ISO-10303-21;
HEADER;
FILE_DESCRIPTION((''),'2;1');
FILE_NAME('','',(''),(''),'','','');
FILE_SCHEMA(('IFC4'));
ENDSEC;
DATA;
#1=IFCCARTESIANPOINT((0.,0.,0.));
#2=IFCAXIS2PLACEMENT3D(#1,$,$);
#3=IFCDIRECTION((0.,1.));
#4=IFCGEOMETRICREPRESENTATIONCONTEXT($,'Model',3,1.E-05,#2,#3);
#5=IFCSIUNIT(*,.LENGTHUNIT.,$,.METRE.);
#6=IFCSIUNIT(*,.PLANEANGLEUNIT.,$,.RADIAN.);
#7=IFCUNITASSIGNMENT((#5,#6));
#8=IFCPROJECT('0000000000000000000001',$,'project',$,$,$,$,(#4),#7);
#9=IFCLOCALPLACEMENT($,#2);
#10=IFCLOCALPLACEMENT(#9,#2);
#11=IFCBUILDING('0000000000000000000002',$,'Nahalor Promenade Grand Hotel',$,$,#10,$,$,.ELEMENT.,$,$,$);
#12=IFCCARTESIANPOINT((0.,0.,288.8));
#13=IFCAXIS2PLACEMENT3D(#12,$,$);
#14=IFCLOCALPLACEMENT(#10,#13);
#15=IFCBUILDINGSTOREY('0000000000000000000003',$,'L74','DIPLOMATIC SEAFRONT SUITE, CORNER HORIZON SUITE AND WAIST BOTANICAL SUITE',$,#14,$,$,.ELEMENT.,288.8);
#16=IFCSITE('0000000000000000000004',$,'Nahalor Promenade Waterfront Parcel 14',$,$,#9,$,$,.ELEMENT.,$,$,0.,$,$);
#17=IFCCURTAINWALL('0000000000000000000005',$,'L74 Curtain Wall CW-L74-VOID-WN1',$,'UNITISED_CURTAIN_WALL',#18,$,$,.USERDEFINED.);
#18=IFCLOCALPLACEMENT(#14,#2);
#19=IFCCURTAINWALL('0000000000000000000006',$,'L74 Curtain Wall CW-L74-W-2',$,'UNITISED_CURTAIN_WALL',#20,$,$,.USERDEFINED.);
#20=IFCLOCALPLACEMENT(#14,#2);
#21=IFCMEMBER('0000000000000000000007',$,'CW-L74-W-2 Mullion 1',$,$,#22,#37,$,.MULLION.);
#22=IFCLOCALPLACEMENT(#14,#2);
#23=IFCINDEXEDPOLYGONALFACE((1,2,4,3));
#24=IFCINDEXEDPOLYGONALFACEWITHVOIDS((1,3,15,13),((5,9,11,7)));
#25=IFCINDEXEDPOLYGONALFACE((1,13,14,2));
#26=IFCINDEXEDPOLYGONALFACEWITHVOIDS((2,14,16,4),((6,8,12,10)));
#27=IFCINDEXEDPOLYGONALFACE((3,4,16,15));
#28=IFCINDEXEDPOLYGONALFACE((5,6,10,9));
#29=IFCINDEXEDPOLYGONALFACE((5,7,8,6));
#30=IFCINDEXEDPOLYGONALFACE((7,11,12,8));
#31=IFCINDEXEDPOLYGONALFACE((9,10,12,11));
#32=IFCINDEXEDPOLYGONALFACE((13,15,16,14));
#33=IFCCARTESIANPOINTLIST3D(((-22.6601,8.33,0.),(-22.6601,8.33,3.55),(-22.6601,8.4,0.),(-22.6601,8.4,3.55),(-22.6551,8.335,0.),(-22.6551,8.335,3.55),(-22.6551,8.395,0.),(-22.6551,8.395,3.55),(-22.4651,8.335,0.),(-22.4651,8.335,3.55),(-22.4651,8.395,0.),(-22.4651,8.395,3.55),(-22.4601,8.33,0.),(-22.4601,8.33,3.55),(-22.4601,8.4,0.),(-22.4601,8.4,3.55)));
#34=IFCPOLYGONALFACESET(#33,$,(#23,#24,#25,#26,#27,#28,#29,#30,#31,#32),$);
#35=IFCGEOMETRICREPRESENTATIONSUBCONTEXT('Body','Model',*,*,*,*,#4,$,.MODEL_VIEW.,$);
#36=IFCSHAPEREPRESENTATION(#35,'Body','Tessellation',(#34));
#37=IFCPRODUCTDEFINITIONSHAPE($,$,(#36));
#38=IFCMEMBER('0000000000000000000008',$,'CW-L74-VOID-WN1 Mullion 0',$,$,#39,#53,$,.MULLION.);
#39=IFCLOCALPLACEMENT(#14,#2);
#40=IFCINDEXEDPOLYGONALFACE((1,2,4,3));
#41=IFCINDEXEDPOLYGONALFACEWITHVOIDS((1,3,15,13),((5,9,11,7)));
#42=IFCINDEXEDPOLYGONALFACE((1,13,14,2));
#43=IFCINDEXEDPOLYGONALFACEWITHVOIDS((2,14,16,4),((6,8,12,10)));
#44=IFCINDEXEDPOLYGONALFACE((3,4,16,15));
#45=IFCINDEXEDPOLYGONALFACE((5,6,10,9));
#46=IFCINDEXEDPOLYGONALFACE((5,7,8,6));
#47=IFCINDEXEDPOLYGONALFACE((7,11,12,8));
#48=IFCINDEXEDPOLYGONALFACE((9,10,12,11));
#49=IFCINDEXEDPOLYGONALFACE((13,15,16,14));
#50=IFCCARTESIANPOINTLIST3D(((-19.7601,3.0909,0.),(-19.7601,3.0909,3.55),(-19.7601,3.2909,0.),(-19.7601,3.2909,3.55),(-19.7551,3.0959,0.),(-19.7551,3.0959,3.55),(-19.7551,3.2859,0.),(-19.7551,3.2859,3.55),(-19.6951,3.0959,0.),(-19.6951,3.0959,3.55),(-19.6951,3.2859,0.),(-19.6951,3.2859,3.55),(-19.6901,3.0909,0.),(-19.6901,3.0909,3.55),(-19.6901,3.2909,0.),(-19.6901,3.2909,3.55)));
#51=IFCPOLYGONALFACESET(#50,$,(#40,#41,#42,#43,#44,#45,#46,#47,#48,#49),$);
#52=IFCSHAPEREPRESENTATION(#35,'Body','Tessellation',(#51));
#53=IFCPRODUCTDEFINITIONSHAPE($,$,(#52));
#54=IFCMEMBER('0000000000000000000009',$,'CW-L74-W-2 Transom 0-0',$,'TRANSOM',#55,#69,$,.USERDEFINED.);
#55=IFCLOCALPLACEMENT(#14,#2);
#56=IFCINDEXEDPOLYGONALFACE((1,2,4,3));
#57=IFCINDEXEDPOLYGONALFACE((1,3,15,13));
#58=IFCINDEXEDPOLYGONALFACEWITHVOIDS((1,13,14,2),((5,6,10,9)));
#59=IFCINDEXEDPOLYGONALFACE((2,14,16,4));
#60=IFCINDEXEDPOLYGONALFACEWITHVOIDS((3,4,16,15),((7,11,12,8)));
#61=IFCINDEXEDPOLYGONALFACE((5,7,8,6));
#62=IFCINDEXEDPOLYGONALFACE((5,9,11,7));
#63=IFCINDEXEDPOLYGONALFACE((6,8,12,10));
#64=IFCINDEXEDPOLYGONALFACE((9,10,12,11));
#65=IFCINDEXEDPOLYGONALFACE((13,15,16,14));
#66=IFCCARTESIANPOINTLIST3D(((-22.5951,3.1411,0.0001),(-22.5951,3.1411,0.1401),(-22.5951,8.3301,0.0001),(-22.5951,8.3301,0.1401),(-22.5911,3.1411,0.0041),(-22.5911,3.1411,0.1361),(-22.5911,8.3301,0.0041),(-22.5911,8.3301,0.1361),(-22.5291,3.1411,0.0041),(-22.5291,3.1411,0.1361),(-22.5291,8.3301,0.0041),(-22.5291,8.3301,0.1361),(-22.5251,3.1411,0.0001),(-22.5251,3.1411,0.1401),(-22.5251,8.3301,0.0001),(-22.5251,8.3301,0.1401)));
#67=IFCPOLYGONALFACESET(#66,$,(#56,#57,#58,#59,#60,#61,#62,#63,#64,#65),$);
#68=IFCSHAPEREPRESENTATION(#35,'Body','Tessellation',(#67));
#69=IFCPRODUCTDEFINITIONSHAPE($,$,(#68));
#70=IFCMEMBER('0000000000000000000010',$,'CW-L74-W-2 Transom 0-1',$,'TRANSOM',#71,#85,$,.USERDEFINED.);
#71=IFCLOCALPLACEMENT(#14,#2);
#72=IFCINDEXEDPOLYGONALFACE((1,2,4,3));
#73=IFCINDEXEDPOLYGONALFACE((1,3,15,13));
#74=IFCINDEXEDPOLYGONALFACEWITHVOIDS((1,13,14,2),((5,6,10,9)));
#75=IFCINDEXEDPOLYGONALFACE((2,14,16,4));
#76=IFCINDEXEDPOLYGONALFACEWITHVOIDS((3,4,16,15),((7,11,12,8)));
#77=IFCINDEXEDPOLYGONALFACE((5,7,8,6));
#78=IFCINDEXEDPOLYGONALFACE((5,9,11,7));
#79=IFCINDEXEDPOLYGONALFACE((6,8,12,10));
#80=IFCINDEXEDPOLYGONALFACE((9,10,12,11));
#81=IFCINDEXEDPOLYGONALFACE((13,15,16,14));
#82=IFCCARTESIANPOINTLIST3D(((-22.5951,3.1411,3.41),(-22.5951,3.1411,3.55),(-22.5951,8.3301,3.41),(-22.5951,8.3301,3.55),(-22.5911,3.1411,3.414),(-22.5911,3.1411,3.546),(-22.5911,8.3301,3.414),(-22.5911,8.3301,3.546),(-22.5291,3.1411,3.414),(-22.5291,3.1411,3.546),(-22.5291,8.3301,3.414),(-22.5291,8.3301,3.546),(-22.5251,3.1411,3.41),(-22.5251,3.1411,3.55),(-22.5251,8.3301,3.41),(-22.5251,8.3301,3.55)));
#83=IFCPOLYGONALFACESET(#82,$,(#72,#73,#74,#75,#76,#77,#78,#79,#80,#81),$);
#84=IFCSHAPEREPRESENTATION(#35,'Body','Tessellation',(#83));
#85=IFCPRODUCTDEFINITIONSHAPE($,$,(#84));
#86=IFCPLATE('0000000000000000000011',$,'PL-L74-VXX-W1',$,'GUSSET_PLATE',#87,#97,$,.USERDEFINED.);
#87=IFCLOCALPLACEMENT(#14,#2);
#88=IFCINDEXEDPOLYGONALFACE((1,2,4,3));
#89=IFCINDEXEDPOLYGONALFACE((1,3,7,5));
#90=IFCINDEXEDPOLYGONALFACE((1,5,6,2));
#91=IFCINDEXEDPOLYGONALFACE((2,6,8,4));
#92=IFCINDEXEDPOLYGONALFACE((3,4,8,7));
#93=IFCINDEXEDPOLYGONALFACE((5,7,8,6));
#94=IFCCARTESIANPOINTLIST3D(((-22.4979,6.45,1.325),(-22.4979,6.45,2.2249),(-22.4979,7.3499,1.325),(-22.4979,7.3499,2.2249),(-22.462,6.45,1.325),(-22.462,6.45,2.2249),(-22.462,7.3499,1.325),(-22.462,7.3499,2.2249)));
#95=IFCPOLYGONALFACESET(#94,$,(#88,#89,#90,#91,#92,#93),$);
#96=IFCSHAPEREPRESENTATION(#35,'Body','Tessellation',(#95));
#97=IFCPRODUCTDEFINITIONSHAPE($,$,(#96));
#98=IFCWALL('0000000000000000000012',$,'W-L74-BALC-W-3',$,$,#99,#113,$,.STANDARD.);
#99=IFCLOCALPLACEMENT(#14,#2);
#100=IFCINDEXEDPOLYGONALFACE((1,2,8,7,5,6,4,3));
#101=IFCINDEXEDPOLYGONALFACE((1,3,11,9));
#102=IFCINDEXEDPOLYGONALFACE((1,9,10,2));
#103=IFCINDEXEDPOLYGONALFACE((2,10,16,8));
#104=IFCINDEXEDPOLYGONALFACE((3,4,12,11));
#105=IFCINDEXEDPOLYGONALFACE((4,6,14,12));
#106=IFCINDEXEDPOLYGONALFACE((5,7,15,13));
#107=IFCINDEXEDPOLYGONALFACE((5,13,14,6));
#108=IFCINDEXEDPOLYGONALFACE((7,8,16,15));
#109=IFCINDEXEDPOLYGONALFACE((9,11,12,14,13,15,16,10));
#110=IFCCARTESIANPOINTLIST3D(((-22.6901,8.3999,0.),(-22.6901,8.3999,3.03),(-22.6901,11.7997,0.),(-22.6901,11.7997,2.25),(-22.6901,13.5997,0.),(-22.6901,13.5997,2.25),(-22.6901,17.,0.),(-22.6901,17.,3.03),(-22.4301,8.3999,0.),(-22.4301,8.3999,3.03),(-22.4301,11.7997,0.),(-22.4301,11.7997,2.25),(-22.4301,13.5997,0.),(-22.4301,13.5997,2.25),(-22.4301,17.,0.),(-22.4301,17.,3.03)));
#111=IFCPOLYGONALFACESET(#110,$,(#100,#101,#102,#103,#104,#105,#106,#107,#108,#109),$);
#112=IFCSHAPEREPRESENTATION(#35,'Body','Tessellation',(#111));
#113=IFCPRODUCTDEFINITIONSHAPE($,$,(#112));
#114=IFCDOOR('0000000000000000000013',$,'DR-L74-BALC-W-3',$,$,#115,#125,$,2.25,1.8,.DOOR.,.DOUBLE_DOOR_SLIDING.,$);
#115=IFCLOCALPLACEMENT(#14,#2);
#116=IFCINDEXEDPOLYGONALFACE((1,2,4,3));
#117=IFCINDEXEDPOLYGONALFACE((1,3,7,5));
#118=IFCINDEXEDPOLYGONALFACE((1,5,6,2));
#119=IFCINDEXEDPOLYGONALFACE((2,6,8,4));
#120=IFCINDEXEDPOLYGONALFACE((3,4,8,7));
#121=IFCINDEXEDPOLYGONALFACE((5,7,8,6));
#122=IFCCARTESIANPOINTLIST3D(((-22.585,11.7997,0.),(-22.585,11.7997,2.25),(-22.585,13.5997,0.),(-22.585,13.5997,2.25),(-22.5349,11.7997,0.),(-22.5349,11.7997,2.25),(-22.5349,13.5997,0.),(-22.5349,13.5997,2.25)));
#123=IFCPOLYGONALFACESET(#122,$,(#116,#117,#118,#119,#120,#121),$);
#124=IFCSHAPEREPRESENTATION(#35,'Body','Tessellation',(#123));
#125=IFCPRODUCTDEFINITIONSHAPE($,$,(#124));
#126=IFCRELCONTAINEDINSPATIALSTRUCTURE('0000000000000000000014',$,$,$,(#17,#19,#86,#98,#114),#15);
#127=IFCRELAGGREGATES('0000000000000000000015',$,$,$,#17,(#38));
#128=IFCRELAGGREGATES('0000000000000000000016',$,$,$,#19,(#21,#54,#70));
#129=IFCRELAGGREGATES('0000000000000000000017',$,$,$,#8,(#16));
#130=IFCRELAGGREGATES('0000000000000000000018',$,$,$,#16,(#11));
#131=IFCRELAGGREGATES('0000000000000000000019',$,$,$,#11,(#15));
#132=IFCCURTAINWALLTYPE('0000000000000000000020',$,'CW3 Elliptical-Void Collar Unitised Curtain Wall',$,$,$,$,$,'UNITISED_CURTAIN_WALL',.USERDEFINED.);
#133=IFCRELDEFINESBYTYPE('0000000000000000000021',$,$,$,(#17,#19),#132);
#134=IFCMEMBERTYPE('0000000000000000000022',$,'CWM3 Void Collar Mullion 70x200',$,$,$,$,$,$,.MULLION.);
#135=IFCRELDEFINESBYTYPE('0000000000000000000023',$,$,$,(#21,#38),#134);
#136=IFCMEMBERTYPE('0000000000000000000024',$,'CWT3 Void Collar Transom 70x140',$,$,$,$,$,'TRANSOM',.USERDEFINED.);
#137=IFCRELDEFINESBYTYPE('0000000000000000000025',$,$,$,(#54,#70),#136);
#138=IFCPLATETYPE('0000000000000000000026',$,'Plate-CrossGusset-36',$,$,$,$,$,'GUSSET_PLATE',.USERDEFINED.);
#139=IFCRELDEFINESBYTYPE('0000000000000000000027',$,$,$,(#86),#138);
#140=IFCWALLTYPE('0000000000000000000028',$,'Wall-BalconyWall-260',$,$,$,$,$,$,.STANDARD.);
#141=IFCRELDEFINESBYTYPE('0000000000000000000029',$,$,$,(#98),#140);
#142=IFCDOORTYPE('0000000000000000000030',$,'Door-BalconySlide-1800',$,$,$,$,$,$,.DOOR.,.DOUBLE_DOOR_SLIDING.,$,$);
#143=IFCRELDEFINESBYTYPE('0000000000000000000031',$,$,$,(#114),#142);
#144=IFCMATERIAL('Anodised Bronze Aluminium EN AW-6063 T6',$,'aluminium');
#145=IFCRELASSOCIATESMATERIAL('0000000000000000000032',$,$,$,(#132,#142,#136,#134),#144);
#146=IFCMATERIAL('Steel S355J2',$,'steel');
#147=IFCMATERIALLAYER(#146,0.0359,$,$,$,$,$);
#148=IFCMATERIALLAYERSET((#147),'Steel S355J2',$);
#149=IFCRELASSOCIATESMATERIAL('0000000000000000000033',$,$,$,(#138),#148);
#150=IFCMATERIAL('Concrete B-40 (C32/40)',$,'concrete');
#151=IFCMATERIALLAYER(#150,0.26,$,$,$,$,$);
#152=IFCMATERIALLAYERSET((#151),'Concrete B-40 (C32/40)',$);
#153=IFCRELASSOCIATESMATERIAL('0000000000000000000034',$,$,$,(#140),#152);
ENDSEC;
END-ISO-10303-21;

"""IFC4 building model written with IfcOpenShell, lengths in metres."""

from ifc_helpers import new_model, si_unit, direction, frame, frame_2d, origin, origin_2d, place, context, subcontext, project, spatial, rectangle, hollow_rectangle, extrude, source, transform, mapped, material, layer, layer_set, material_profile, profile_set, type_object, element, fill, aggregate, save


model = new_model("IFC4")

# Units and contexts
model_context = context("Model", 3, precision=1e-05, world=origin(), true_north=direction((0.0, 1.0)))
body_context = subcontext(model_context, "Body", "Model", "MODEL_VIEW")
ifc_project = project(units=[si_unit("LENGTHUNIT", "METRE"), si_unit("PLANEANGLEUNIT", "RADIAN")], contexts=[model_context])

# Site, building, storey
site_placement = place(None, origin())
site = spatial("IfcSite", under=ifc_project, at=site_placement, Name="Nahalor Promenade Waterfront Parcel 14", CompositionType="ELEMENT", RefElevation=0.0)
building_placement = place(site_placement, origin())
building = spatial("IfcBuilding", under=site, at=building_placement, Name="Nahalor Promenade Grand Hotel", CompositionType="ELEMENT")
storey_placement = place(building_placement, frame((0.0, 0.0, 288.8)))
storey = spatial("IfcBuildingStorey", under=building, at=storey_placement, Name="L74", Description="DIPLOMATIC SEAFRONT SUITE, CORNER HORIZON SUITE AND WAIST BOTANICAL SUITE", CompositionType="ELEMENT", Elevation=288.8)

# Curtain walls, member
ifc_material_1 = material(Name="Anodised Bronze Aluminium EN AW-6063 T6", Category="aluminium")
curtain_wall_type = type_object("IfcCurtainWallType", Name="CW3 Elliptical-Void Collar Unitised Curtain Wall", ElementType="UNITISED_CURTAIN_WALL", PredefinedType="USERDEFINED", material=ifc_material_1)
curtain_wall_1_placement = place(storey_placement, origin())
curtain_wall_1 = element("IfcCurtainWall", 1, at=curtain_wall_1_placement, inside=storey, type_object=curtain_wall_type, Name="L74 Curtain Wall CW-L74-VOID-WN1", ObjectType="UNITISED_CURTAIN_WALL", PredefinedType="USERDEFINED")
ifc_material_profile_1 = material_profile(ifc_material_1, hollow_rectangle(XDim=0.07, YDim=0.14, WallThickness=0.004, at=origin_2d()), Name="CWT 70x140x4")
ifc_profile_set_1 = profile_set([ifc_material_profile_1], Name="Anodised Bronze Aluminium EN AW-6063 T6")
member_type_1 = type_object("IfcMemberType", Name="CWT3 Void Collar Transom 70x140", ElementType="TRANSOM", PredefinedType="USERDEFINED", material=ifc_profile_set_1)
curtain_wall_2_placement = place(storey_placement, origin())
curtain_wall_2 = element("IfcCurtainWall", 2, at=curtain_wall_2_placement, inside=storey, type_object=curtain_wall_type, Name="L74 Curtain Wall CW-L74-W-2", ObjectType="UNITISED_CURTAIN_WALL", PredefinedType="USERDEFINED")
ifc_material_profile_2 = material_profile(ifc_material_1, hollow_rectangle(XDim=0.07, YDim=0.2, WallThickness=0.005, at=origin_2d()), Name="CWM 70x200x5")
ifc_profile_set_2 = profile_set([ifc_material_profile_2], Name="Anodised Bronze Aluminium EN AW-6063 T6")
member_type_2 = type_object("IfcMemberType", Name="CWM3 Void Collar Mullion 70x200", PredefinedType="MULLION", material=ifc_profile_set_2)
shared_shape_1 = source(origin(), body_context, "Body", "SweptSolid", [
    extrude(hollow_rectangle(XDim=0.07, YDim=0.2, WallThickness=0.005, at=origin_2d()), origin(), (0.0, 0.0, 1.0), 3.55),
])
member_1_placement = place(storey_placement, frame((-22.5601, 8.365, 0.0), z_axis=(0.0, 0.0, 1.0), x_axis=(0.0, 1.0, 0.0)))
member_1 = element("IfcMember", 3, at=member_1_placement, type_object=member_type_2, Name="CW-L74-W-2 Mullion 1", PredefinedType="MULLION", context=body_context, shape_type="MappedRepresentation", body=[
    mapped(shared_shape_1, transform((0.0, 0.0, 0.0), scale=1.0)),
])

# Members
member_2_placement = place(storey_placement, frame((-19.7251, 3.1909, 0.0), z_axis=(0.0, 0.0, 1.0), x_axis=(1.0, 0.0, 0.0)))
member_2 = element("IfcMember", 4, at=member_2_placement, type_object=member_type_2, Name="CW-L74-VOID-WN1 Mullion 0", PredefinedType="MULLION", context=body_context, shape_type="MappedRepresentation", body=[
    mapped(shared_shape_1, transform((0.0, 0.0, 0.0), scale=1.0)),
])
aggregate(curtain_wall_1, [member_2])
shared_shape_2 = source(origin(), body_context, "Body", "SweptSolid", [
    extrude(hollow_rectangle(XDim=0.07, YDim=0.14, WallThickness=0.004, at=origin_2d()), origin(), (0.0, 0.0, 1.0), 5.189),
])
member_3_placement = place(storey_placement, frame((-22.5601, 3.1411, 0.0701), z_axis=(0.0, 1.0, 0.0), x_axis=(-1.0, 0.0, 0.0)))
member_3 = element("IfcMember", 5, at=member_3_placement, type_object=member_type_1, Name="CW-L74-W-2 Transom 0-0", ObjectType="TRANSOM", PredefinedType="USERDEFINED", context=body_context, shape_type="MappedRepresentation", body=[
    mapped(shared_shape_2, transform((0.0, 0.0, 0.0), scale=1.0)),
])
member_4_placement = place(storey_placement, frame((-22.5601, 3.1411, 3.48), z_axis=(0.0, 1.0, 0.0), x_axis=(-1.0, 0.0, 0.0)))
member_4 = element("IfcMember", 6, at=member_4_placement, type_object=member_type_1, Name="CW-L74-W-2 Transom 0-1", ObjectType="TRANSOM", PredefinedType="USERDEFINED", context=body_context, shape_type="MappedRepresentation", body=[
    mapped(shared_shape_2, transform((0.0, 0.0, 0.0), scale=1.0)),
])

# Plate
aggregate(curtain_wall_2, [member_1, member_3, member_4])
ifc_material_2 = material(Name="Steel S355J2", Category="steel")
ifc_layer_1 = layer(ifc_material_2, 0.0359)
ifc_layer_set_1 = layer_set([ifc_layer_1], Name="Steel S355J2")
plate_type_1 = type_object("IfcPlateType", Name="Plate-CrossGusset-36", ElementType="GUSSET_PLATE", PredefinedType="USERDEFINED", material=ifc_layer_set_1)
shared_shape_3 = source(origin(), body_context, "Body", "SweptSolid", [
    extrude(rectangle(XDim=0.8999, YDim=0.0359, at=origin_2d()), origin(), (0.0, 0.0, 1.0), 0.8999),
])
plate_1_placement = place(storey_placement, frame((-22.48, 6.8999, 1.325), z_axis=(0.0, 0.0, 1.0), x_axis=(0.0, 1.0, 0.0)))
element("IfcPlate", 7, at=plate_1_placement, inside=storey, type_object=plate_type_1, Name="PL-L74-VXX-W1", ObjectType="GUSSET_PLATE", PredefinedType="USERDEFINED", context=body_context, shape_type="MappedRepresentation", body=[
    mapped(shared_shape_3, transform((0.0, 0.0, 0.0), scale=1.0)),
])

# Wall, opening, door
ifc_material_3 = material(Name="Concrete B-40 (C32/40)", Category="concrete")
ifc_layer_2 = layer(ifc_material_3, 0.26)
ifc_layer_set_2 = layer_set([ifc_layer_2], Name="Concrete B-40 (C32/40)")
wall_type_1 = type_object("IfcWallType", Name="Wall-BalconyWall-260", PredefinedType="STANDARD", material=ifc_layer_set_2)
shared_shape_4 = source(origin(), body_context, "Body", "SweptSolid", [
    extrude(rectangle(XDim=8.6001, YDim=0.26, at=frame_2d((4.3, 0.0))), origin(), (0.0, 0.0, 1.0), 3.03),
])
wall_1_placement = place(storey_placement, frame((-22.5601, 8.3999, 0.0), z_axis=(0.0, 0.0, 1.0), x_axis=(0.0, 1.0, 0.0)))
wall_1 = element("IfcWall", 8, at=wall_1_placement, inside=storey, type_object=wall_type_1, Name="W-L74-BALC-W-3", PredefinedType="STANDARD", context=body_context, shape_type="MappedRepresentation", body=[
    mapped(shared_shape_4, transform((0.0, 0.0, 0.0), scale=1.0)),
])
opening_1_placement = place(wall_1_placement, frame((3.3999, 0.0, 0.0)))
opening_1 = element("IfcOpeningElement", 9, at=opening_1_placement, cuts=wall_1, PredefinedType="OPENING", context=body_context, shape_type="SweptSolid", body=[
    extrude(rectangle(XDim=1.8, YDim=2.25, at=frame_2d((0.8999, 1.125))), frame((0.0, 0.1399, 0.0), z_axis=(0.0, -1.0, 0.0), x_axis=(1.0, 0.0, 0.0)), (0.0, 0.0, 1.0), 0.28),
])
door_type_1 = type_object("IfcDoorType", Name="Door-BalconySlide-1800", OperationType="DOUBLE_DOOR_SLIDING", PredefinedType="DOOR", material=ifc_material_1)
shared_shape_5 = source(origin(), body_context, "Body", "SweptSolid", [
    extrude(rectangle(XDim=1.8, YDim=2.25, at=frame_2d((0.8999, 1.125))), frame((0.0, 0.0249, 0.0), z_axis=(0.0, -1.0, 0.0), x_axis=(1.0, 0.0, 0.0)), (0.0, 0.0, 1.0), 0.05),
])
door_1_placement = place(opening_1_placement, origin())
door_1 = element("IfcDoor", 10, at=door_1_placement, inside=storey, type_object=door_type_1, Name="DR-L74-BALC-W-3", OperationType="DOUBLE_DOOR_SLIDING", OverallHeight=2.25, OverallWidth=1.8, PredefinedType="DOOR", context=body_context, shape_type="MappedRepresentation", body=[
    mapped(shared_shape_5, transform((0.0, 0.0, 0.0), scale=1.0)),
])
fill(opening_1, door_1)

save(model, "model.ifc")
